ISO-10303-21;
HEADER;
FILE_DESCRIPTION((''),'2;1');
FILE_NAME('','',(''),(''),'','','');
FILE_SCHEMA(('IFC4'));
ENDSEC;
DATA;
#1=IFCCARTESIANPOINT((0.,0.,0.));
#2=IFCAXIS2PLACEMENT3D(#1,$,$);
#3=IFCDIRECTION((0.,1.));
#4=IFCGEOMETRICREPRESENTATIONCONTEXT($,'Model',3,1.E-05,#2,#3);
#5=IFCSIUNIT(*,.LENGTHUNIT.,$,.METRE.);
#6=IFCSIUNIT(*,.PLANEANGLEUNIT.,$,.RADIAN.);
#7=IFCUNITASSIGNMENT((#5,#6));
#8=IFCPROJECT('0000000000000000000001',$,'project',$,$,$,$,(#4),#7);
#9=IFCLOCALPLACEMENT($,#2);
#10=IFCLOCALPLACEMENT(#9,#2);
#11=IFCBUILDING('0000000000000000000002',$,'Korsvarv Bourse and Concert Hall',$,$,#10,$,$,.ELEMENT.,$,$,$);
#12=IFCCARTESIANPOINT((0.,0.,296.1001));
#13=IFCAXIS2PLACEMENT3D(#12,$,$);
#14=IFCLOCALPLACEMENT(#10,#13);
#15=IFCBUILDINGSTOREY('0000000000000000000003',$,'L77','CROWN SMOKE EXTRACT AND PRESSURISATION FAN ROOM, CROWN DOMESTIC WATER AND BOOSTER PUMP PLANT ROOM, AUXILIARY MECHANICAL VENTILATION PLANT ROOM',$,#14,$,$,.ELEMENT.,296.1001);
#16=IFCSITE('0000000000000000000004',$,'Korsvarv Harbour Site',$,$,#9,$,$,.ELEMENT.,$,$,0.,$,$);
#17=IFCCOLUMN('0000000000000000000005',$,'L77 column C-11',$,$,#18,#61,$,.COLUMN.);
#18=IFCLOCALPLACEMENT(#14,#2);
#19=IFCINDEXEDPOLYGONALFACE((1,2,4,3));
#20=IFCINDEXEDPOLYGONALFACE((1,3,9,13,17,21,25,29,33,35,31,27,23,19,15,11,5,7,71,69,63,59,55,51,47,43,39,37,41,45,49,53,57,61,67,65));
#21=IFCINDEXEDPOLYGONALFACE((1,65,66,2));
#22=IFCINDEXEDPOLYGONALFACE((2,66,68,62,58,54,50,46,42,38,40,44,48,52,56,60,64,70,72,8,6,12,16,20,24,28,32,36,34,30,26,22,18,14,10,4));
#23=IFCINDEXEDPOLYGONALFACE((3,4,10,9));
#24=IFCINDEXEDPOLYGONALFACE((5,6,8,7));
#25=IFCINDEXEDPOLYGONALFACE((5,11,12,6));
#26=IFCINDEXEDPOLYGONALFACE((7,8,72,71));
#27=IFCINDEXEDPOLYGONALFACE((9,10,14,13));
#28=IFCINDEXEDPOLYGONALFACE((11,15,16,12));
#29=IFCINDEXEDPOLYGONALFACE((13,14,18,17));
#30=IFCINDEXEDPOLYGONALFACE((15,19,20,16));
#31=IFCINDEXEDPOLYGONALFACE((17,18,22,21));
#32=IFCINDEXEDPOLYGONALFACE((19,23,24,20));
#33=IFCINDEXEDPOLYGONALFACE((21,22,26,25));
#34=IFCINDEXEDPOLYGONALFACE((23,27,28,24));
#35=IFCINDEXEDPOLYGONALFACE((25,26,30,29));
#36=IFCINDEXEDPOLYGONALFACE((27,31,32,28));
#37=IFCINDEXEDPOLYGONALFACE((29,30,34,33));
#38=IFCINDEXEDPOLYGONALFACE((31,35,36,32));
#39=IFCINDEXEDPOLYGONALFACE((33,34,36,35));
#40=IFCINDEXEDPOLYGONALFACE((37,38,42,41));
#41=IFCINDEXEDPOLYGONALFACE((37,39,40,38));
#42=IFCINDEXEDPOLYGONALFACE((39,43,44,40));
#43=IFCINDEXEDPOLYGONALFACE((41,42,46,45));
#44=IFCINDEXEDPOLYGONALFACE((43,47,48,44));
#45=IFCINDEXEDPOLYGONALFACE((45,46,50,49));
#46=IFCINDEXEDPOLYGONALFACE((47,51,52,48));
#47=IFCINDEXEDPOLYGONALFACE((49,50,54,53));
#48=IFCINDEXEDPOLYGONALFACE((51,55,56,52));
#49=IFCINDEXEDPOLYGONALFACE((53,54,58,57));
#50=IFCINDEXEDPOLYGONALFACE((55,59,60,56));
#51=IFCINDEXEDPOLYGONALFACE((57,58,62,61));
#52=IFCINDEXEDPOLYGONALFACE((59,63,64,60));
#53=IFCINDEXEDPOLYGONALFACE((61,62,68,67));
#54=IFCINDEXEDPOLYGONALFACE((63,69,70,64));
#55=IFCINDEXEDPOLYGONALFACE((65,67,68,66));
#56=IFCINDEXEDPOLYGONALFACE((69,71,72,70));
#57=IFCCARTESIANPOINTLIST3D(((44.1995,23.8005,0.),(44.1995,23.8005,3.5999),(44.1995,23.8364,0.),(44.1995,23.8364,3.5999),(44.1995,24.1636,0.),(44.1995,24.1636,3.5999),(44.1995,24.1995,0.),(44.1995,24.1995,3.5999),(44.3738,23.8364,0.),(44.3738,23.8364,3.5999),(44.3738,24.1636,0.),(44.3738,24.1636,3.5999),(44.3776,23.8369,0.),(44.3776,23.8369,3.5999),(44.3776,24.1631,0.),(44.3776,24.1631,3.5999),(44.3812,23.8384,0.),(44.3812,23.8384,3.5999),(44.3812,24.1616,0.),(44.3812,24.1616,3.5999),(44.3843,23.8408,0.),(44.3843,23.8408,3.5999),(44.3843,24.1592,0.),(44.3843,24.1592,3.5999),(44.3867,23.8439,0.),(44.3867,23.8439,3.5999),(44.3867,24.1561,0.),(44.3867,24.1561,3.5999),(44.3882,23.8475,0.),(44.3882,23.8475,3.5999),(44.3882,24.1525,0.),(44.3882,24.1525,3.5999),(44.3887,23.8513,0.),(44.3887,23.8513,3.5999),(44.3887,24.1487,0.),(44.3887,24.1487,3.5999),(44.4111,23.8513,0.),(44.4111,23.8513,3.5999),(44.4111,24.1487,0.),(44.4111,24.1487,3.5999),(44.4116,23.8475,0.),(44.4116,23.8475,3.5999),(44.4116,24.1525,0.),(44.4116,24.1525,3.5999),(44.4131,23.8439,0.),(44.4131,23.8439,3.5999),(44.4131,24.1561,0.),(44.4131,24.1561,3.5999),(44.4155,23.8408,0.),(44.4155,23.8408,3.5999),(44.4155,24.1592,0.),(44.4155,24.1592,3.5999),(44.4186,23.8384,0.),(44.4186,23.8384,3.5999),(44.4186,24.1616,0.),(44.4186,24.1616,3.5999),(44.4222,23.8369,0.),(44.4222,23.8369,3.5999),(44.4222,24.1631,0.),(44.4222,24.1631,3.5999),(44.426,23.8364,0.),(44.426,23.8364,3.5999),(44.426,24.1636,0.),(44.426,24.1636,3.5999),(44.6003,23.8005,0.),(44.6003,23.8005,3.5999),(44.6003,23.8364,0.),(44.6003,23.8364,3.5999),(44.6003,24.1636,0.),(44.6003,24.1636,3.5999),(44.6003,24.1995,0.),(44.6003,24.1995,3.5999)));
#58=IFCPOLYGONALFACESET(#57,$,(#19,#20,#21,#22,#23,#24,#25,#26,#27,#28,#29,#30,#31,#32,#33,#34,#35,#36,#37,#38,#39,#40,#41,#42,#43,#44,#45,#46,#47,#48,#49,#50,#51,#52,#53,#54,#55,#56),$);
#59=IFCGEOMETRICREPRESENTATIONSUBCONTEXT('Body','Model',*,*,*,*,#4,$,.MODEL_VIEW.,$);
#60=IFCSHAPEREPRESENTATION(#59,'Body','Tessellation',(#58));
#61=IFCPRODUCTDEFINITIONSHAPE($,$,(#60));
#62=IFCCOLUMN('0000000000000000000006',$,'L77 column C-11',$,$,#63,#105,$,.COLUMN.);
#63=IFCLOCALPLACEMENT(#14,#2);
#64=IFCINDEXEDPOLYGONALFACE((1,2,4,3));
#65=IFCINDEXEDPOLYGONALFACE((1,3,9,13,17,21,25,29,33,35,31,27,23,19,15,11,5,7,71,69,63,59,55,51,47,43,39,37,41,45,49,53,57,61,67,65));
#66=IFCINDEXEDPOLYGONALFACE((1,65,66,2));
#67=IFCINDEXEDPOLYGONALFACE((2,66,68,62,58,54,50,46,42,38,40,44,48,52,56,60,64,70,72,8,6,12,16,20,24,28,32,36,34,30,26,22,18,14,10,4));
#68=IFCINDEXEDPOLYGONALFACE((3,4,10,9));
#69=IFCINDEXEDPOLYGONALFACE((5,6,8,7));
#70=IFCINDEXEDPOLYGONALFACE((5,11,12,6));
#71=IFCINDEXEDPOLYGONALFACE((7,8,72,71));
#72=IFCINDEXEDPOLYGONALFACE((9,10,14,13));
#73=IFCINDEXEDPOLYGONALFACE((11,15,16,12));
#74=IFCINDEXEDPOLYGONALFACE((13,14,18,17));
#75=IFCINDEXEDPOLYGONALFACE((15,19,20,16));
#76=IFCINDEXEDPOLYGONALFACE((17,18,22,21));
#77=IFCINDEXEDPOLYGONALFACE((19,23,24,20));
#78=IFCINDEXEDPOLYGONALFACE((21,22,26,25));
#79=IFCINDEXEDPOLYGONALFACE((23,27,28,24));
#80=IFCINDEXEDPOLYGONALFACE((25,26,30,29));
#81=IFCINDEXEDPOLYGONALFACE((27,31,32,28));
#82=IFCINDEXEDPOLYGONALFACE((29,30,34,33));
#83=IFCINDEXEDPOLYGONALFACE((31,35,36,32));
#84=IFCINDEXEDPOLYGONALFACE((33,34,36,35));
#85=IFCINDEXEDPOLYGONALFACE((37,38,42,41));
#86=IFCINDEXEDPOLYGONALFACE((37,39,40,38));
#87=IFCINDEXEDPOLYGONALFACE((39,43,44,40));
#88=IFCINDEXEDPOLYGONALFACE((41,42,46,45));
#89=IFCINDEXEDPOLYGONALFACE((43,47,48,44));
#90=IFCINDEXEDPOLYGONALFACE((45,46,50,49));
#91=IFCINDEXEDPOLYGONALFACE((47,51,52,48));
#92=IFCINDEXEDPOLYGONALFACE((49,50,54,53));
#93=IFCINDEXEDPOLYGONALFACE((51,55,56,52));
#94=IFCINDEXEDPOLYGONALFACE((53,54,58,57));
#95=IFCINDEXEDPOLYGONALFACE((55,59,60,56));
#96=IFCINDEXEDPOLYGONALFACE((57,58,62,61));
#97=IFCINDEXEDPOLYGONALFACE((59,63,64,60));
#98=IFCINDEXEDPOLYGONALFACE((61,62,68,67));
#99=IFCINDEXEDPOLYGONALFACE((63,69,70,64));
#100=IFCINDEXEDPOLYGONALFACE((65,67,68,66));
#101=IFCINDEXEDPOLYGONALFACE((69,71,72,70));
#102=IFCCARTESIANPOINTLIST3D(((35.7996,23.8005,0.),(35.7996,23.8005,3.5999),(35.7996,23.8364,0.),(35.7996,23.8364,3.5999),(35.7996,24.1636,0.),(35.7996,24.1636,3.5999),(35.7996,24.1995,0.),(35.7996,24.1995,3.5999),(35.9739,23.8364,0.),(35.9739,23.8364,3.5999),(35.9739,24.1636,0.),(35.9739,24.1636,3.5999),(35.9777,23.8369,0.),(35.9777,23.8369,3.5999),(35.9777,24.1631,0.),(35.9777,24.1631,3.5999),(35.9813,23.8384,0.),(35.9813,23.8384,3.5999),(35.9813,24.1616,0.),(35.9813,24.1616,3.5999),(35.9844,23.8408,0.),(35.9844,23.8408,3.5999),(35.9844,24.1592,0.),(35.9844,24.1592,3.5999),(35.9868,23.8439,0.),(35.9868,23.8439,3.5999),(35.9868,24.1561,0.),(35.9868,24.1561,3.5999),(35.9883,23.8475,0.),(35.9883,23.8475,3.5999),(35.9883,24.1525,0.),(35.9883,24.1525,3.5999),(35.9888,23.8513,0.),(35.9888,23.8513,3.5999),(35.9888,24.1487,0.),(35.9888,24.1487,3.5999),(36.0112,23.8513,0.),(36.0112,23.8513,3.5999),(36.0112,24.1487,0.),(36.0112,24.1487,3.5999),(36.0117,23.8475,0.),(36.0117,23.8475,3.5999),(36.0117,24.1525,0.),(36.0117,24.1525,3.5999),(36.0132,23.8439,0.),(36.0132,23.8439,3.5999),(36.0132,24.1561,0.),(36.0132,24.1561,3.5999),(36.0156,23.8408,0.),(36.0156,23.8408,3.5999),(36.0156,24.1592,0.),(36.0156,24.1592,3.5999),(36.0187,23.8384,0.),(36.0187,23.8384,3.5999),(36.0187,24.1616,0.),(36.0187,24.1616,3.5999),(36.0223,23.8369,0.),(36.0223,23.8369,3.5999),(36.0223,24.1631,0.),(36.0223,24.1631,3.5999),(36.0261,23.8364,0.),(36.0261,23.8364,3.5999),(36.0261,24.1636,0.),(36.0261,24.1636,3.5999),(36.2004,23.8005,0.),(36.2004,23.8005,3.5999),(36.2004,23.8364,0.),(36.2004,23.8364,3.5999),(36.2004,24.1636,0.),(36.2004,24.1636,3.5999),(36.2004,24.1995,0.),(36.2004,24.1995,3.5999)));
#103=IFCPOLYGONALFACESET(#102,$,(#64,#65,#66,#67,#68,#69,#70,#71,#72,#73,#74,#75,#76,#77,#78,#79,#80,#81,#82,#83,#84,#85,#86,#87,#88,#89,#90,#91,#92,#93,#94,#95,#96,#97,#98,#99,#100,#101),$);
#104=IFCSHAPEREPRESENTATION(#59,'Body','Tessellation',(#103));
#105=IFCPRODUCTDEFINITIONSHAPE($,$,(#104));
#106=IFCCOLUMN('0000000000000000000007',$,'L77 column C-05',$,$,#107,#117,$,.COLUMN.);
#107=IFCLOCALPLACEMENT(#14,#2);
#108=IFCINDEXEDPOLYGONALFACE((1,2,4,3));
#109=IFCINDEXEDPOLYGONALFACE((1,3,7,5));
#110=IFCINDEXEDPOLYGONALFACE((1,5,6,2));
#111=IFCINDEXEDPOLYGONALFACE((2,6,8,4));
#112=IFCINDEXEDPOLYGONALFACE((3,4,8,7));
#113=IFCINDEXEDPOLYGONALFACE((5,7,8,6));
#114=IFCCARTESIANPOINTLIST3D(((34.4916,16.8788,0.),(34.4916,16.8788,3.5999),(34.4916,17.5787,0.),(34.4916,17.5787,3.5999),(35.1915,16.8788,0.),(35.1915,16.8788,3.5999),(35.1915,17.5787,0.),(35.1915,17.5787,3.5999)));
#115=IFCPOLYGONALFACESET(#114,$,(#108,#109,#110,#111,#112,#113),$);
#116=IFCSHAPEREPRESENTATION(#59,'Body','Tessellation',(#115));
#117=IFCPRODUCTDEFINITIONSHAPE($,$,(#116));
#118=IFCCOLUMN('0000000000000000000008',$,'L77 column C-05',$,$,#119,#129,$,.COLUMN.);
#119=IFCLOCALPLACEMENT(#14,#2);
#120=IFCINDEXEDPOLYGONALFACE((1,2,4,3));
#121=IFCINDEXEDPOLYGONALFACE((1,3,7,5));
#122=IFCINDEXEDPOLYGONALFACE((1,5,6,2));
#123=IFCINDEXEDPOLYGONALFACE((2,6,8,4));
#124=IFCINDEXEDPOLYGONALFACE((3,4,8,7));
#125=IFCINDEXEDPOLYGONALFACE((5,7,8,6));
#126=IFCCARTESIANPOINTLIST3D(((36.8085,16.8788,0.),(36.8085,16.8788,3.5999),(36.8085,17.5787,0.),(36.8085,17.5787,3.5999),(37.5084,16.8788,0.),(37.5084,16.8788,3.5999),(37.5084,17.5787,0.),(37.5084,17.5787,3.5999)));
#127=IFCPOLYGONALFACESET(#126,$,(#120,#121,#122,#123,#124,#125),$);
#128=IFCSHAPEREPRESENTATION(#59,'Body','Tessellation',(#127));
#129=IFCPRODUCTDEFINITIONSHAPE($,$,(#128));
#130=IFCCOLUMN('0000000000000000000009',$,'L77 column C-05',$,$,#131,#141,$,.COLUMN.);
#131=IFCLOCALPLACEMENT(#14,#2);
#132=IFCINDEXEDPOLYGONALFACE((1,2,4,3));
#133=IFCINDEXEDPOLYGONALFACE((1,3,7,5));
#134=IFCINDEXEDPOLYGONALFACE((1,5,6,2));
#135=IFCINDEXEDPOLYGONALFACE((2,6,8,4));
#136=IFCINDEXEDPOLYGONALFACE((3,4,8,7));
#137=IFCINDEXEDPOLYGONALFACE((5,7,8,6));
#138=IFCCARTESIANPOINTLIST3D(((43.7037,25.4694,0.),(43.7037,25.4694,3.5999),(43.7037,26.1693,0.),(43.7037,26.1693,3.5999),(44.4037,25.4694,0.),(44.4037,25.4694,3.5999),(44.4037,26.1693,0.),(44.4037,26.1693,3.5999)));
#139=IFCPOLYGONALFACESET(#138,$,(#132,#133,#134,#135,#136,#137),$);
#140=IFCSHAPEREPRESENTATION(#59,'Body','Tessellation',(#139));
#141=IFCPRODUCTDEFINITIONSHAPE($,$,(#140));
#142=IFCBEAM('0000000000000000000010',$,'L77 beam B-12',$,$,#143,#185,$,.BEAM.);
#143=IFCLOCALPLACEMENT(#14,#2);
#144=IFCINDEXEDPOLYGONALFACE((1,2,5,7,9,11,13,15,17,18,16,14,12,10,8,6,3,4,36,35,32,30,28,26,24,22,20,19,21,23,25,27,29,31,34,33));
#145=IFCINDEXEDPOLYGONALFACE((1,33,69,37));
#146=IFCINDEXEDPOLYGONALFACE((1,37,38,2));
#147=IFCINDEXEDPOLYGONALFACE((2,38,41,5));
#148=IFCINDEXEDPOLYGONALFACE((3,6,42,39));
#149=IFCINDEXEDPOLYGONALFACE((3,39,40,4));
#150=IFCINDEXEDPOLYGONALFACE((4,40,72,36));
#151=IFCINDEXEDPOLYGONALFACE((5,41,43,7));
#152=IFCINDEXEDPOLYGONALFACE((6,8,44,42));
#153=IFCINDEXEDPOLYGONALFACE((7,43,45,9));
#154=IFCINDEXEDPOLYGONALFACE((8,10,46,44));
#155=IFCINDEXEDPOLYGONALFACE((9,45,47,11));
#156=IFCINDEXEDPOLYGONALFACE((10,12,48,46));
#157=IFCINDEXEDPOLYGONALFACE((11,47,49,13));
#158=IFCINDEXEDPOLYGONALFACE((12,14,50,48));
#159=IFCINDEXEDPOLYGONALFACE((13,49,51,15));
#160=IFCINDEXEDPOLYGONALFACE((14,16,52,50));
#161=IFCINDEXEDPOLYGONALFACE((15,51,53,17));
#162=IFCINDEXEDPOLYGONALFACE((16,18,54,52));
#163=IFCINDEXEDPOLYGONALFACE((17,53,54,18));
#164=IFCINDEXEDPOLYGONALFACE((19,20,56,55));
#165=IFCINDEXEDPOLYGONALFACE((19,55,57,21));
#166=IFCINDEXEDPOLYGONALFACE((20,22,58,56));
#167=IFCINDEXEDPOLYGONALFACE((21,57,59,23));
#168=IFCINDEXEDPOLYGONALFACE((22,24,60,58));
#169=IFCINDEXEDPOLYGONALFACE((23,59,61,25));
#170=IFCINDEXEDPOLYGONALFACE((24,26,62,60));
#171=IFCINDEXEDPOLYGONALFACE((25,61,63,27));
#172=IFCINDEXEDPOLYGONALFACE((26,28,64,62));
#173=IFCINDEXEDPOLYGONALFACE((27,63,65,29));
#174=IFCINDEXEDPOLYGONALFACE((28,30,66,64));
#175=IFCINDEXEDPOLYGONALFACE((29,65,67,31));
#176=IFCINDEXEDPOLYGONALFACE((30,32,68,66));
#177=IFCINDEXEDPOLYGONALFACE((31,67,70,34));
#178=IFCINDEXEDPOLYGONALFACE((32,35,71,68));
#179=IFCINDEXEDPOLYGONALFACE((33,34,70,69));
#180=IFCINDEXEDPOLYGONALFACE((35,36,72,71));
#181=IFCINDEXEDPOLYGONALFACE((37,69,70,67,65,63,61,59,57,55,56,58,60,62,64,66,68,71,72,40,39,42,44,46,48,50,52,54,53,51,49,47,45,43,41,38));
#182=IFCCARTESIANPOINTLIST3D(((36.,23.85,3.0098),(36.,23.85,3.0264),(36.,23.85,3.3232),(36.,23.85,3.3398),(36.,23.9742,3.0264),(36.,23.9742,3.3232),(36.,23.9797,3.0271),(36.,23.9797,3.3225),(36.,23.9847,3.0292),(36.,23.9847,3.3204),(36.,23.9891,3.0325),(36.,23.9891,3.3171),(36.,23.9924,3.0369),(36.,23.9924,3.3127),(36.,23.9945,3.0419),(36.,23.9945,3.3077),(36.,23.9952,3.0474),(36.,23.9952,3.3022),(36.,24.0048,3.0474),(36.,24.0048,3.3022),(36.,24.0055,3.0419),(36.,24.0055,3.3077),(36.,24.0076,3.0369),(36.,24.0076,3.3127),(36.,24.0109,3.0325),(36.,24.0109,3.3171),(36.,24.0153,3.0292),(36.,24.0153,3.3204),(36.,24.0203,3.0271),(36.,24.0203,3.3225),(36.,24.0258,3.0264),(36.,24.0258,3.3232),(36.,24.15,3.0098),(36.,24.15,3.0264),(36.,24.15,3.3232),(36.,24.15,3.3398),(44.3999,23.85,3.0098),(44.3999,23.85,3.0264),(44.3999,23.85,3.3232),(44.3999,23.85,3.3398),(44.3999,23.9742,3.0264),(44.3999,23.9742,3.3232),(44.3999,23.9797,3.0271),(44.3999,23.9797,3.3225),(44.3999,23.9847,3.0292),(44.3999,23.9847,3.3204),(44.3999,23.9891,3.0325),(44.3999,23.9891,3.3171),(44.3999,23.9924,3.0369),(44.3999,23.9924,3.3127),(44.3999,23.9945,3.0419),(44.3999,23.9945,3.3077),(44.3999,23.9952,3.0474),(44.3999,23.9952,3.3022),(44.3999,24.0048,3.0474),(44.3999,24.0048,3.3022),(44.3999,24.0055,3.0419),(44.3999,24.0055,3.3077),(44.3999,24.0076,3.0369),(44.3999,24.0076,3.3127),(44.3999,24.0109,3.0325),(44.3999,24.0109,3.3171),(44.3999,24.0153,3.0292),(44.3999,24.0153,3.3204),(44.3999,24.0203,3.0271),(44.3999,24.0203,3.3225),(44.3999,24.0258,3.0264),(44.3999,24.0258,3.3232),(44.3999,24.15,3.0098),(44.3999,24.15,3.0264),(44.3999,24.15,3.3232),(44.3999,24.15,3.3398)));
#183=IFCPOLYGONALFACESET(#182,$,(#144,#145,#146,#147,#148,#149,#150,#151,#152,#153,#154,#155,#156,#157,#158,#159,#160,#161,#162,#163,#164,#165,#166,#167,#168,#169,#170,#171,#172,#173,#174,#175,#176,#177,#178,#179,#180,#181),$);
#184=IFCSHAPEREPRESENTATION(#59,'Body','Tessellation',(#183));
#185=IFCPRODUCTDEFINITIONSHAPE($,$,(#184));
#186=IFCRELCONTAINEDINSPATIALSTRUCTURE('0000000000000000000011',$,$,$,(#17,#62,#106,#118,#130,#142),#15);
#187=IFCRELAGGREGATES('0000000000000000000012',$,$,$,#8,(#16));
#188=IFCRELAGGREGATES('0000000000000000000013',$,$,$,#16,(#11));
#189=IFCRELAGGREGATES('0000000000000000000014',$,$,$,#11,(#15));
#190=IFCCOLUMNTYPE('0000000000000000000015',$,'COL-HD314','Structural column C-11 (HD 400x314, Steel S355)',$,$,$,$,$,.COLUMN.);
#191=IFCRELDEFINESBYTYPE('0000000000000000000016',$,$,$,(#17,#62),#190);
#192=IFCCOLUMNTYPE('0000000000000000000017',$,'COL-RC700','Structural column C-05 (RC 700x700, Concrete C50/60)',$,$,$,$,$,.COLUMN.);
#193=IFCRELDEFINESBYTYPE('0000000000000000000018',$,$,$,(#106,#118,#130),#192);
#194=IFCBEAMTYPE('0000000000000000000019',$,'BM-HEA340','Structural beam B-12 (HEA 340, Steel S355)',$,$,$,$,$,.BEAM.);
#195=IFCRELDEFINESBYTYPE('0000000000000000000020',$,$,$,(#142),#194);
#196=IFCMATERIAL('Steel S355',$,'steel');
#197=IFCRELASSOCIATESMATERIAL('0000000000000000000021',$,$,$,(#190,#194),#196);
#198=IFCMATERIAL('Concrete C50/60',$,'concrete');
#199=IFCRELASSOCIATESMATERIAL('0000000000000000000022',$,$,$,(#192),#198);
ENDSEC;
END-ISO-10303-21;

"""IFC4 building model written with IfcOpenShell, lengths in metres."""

from ifc_helpers import new_model, si_unit, direction, frame, origin, origin_2d, place, context, subcontext, project, spatial, rectangle, i_section, extrude, source, transform, mapped, material, material_profile, profile_set, type_object, element, save


model = new_model("IFC4")

# Units and contexts
model_context = context("Model", 3, precision=1e-05, world=origin(), true_north=direction((0.0, 1.0)))
body_context = subcontext(model_context, "Body", "Model", "MODEL_VIEW")
ifc_project = project(units=[si_unit("LENGTHUNIT", "METRE"), si_unit("PLANEANGLEUNIT", "RADIAN")], contexts=[model_context])

# Site, building, storey
site_placement = place(None, origin())
site = spatial("IfcSite", under=ifc_project, at=site_placement, Name="Korsvarv Harbour Site", CompositionType="ELEMENT", RefElevation=0.0)
building_placement = place(site_placement, origin())
building = spatial("IfcBuilding", under=site, at=building_placement, Name="Korsvarv Bourse and Concert Hall", CompositionType="ELEMENT")
storey_placement = place(building_placement, frame((0.0, 0.0, 296.1001)))
storey = spatial("IfcBuildingStorey", under=building, at=storey_placement, Name="L77", Description="CROWN SMOKE EXTRACT AND PRESSURISATION FAN ROOM, CROWN DOMESTIC WATER AND BOOSTER PUMP PLANT ROOM, AUXILIARY MECHANICAL VENTILATION PLANT ROOM", CompositionType="ELEMENT", Elevation=296.1001)

# Columns
ifc_material_1 = material(Name="Steel S355", Category="steel")
ifc_material_profile_1 = material_profile(ifc_material_1, i_section(OverallWidth=0.4009, OverallDepth=0.3989, WebThickness=0.0225, FlangeThickness=0.0359, FilletRadius=0.0149, at=origin_2d()), Name="HD 400x314")
ifc_profile_set_1 = profile_set([ifc_material_profile_1], Name="Steel S355")
column_type_1 = type_object("IfcColumnType", Name="COL-HD314", Description="Structural column C-11 (HD 400x314, Steel S355)", PredefinedType="COLUMN", material=ifc_profile_set_1)
shared_shape_1 = source(origin(), body_context, "Body", "SweptSolid", [
    extrude(i_section(OverallWidth=0.4009, OverallDepth=0.3989, WebThickness=0.0225, FlangeThickness=0.0359, FilletRadius=0.0149, at=origin_2d()), origin(), (0.0, 0.0, 1.0), 3.5999),
])
for number, where, z_axis, x_axis, name in (
    (1, (44.3999, 24.0, 0.0), (0.0, 0.0, 1.0), (1.0, 0.0, 0.0), "L77 column C-11"),
    (2, (36.0, 24.0, 0.0), (0.0, 0.0, 1.0), (1.0, 0.0, 0.0), "L77 column C-11"),
):
    element("IfcColumn", number, at=place(storey_placement, frame(where, z_axis=z_axis, x_axis=x_axis)), inside=storey, type_object=column_type_1, Name=name, PredefinedType="COLUMN", context=body_context, shape_type="MappedRepresentation", body=[
        mapped(shared_shape_1, transform((0.0, 0.0, 0.0), scale=1.0)),
    ])
ifc_material_2 = material(Name="Concrete C50/60", Category="concrete")
ifc_material_profile_2 = material_profile(ifc_material_2, rectangle(XDim=0.7, YDim=0.7, at=origin_2d()), Name="RC 700x700")
ifc_profile_set_2 = profile_set([ifc_material_profile_2], Name="Concrete C50/60")
column_type_2 = type_object("IfcColumnType", Name="COL-RC700", Description="Structural column C-05 (RC 700x700, Concrete C50/60)", PredefinedType="COLUMN", material=ifc_profile_set_2)
shared_shape_2 = source(origin(), body_context, "Body", "SweptSolid", [
    extrude(rectangle(XDim=0.7, YDim=0.7, at=origin_2d()), origin(), (0.0, 0.0, 1.0), 3.5999),
])
for number, where, z_axis, x_axis, name in (
    (3, (34.8416, 17.2288, 0.0), (0.0, 0.0, 1.0), (1.0, 0.0, 0.0), "L77 column C-05"),
    (4, (37.1584, 17.2288, 0.0), (0.0, 0.0, 1.0), (1.0, 0.0, 0.0), "L77 column C-05"),
    (5, (44.0537, 25.8193, 0.0), (0.0, 0.0, 1.0), (1.0, 0.0, 0.0), "L77 column C-05"),
):
    element("IfcColumn", number, at=place(storey_placement, frame(where, z_axis=z_axis, x_axis=x_axis)), inside=storey, type_object=column_type_2, Name=name, PredefinedType="COLUMN", context=body_context, shape_type="MappedRepresentation", body=[
        mapped(shared_shape_2, transform((0.0, 0.0, 0.0), scale=1.0)),
    ])

# Beam
ifc_material_profile_3 = material_profile(ifc_material_1, i_section(OverallWidth=0.3, OverallDepth=0.3301, WebThickness=0.0095, FlangeThickness=0.0166, FilletRadius=0.021, at=origin_2d()), Name="HEA 340")
ifc_profile_set_3 = profile_set([ifc_material_profile_3], Name="Steel S355")
beam_type = type_object("IfcBeamType", Name="BM-HEA340", Description="Structural beam B-12 (HEA 340, Steel S355)", PredefinedType="BEAM", material=ifc_profile_set_3)
shared_shape_3 = source(origin(), body_context, "Body", "SweptSolid", [
    extrude(i_section(OverallWidth=0.3, OverallDepth=0.3301, WebThickness=0.0095, FlangeThickness=0.0166, FilletRadius=0.021, at=origin_2d()), origin(), (0.0, 0.0, 1.0), 8.3999),
])
for number, where, z_axis, x_axis, name in (
    (6, (36.0, 24.0, 3.1748), (1.0, 0.0, 0.0), (0.0, 1.0, 0.0), "L77 beam B-12"),
):
    element("IfcBeam", number, at=place(storey_placement, frame(where, z_axis=z_axis, x_axis=x_axis)), inside=storey, type_object=beam_type, Name=name, PredefinedType="BEAM", context=body_context, shape_type="MappedRepresentation", body=[
        mapped(shared_shape_3, transform((0.0, 0.0, 0.0), scale=1.0)),
    ])

save(model, "model.ifc")
